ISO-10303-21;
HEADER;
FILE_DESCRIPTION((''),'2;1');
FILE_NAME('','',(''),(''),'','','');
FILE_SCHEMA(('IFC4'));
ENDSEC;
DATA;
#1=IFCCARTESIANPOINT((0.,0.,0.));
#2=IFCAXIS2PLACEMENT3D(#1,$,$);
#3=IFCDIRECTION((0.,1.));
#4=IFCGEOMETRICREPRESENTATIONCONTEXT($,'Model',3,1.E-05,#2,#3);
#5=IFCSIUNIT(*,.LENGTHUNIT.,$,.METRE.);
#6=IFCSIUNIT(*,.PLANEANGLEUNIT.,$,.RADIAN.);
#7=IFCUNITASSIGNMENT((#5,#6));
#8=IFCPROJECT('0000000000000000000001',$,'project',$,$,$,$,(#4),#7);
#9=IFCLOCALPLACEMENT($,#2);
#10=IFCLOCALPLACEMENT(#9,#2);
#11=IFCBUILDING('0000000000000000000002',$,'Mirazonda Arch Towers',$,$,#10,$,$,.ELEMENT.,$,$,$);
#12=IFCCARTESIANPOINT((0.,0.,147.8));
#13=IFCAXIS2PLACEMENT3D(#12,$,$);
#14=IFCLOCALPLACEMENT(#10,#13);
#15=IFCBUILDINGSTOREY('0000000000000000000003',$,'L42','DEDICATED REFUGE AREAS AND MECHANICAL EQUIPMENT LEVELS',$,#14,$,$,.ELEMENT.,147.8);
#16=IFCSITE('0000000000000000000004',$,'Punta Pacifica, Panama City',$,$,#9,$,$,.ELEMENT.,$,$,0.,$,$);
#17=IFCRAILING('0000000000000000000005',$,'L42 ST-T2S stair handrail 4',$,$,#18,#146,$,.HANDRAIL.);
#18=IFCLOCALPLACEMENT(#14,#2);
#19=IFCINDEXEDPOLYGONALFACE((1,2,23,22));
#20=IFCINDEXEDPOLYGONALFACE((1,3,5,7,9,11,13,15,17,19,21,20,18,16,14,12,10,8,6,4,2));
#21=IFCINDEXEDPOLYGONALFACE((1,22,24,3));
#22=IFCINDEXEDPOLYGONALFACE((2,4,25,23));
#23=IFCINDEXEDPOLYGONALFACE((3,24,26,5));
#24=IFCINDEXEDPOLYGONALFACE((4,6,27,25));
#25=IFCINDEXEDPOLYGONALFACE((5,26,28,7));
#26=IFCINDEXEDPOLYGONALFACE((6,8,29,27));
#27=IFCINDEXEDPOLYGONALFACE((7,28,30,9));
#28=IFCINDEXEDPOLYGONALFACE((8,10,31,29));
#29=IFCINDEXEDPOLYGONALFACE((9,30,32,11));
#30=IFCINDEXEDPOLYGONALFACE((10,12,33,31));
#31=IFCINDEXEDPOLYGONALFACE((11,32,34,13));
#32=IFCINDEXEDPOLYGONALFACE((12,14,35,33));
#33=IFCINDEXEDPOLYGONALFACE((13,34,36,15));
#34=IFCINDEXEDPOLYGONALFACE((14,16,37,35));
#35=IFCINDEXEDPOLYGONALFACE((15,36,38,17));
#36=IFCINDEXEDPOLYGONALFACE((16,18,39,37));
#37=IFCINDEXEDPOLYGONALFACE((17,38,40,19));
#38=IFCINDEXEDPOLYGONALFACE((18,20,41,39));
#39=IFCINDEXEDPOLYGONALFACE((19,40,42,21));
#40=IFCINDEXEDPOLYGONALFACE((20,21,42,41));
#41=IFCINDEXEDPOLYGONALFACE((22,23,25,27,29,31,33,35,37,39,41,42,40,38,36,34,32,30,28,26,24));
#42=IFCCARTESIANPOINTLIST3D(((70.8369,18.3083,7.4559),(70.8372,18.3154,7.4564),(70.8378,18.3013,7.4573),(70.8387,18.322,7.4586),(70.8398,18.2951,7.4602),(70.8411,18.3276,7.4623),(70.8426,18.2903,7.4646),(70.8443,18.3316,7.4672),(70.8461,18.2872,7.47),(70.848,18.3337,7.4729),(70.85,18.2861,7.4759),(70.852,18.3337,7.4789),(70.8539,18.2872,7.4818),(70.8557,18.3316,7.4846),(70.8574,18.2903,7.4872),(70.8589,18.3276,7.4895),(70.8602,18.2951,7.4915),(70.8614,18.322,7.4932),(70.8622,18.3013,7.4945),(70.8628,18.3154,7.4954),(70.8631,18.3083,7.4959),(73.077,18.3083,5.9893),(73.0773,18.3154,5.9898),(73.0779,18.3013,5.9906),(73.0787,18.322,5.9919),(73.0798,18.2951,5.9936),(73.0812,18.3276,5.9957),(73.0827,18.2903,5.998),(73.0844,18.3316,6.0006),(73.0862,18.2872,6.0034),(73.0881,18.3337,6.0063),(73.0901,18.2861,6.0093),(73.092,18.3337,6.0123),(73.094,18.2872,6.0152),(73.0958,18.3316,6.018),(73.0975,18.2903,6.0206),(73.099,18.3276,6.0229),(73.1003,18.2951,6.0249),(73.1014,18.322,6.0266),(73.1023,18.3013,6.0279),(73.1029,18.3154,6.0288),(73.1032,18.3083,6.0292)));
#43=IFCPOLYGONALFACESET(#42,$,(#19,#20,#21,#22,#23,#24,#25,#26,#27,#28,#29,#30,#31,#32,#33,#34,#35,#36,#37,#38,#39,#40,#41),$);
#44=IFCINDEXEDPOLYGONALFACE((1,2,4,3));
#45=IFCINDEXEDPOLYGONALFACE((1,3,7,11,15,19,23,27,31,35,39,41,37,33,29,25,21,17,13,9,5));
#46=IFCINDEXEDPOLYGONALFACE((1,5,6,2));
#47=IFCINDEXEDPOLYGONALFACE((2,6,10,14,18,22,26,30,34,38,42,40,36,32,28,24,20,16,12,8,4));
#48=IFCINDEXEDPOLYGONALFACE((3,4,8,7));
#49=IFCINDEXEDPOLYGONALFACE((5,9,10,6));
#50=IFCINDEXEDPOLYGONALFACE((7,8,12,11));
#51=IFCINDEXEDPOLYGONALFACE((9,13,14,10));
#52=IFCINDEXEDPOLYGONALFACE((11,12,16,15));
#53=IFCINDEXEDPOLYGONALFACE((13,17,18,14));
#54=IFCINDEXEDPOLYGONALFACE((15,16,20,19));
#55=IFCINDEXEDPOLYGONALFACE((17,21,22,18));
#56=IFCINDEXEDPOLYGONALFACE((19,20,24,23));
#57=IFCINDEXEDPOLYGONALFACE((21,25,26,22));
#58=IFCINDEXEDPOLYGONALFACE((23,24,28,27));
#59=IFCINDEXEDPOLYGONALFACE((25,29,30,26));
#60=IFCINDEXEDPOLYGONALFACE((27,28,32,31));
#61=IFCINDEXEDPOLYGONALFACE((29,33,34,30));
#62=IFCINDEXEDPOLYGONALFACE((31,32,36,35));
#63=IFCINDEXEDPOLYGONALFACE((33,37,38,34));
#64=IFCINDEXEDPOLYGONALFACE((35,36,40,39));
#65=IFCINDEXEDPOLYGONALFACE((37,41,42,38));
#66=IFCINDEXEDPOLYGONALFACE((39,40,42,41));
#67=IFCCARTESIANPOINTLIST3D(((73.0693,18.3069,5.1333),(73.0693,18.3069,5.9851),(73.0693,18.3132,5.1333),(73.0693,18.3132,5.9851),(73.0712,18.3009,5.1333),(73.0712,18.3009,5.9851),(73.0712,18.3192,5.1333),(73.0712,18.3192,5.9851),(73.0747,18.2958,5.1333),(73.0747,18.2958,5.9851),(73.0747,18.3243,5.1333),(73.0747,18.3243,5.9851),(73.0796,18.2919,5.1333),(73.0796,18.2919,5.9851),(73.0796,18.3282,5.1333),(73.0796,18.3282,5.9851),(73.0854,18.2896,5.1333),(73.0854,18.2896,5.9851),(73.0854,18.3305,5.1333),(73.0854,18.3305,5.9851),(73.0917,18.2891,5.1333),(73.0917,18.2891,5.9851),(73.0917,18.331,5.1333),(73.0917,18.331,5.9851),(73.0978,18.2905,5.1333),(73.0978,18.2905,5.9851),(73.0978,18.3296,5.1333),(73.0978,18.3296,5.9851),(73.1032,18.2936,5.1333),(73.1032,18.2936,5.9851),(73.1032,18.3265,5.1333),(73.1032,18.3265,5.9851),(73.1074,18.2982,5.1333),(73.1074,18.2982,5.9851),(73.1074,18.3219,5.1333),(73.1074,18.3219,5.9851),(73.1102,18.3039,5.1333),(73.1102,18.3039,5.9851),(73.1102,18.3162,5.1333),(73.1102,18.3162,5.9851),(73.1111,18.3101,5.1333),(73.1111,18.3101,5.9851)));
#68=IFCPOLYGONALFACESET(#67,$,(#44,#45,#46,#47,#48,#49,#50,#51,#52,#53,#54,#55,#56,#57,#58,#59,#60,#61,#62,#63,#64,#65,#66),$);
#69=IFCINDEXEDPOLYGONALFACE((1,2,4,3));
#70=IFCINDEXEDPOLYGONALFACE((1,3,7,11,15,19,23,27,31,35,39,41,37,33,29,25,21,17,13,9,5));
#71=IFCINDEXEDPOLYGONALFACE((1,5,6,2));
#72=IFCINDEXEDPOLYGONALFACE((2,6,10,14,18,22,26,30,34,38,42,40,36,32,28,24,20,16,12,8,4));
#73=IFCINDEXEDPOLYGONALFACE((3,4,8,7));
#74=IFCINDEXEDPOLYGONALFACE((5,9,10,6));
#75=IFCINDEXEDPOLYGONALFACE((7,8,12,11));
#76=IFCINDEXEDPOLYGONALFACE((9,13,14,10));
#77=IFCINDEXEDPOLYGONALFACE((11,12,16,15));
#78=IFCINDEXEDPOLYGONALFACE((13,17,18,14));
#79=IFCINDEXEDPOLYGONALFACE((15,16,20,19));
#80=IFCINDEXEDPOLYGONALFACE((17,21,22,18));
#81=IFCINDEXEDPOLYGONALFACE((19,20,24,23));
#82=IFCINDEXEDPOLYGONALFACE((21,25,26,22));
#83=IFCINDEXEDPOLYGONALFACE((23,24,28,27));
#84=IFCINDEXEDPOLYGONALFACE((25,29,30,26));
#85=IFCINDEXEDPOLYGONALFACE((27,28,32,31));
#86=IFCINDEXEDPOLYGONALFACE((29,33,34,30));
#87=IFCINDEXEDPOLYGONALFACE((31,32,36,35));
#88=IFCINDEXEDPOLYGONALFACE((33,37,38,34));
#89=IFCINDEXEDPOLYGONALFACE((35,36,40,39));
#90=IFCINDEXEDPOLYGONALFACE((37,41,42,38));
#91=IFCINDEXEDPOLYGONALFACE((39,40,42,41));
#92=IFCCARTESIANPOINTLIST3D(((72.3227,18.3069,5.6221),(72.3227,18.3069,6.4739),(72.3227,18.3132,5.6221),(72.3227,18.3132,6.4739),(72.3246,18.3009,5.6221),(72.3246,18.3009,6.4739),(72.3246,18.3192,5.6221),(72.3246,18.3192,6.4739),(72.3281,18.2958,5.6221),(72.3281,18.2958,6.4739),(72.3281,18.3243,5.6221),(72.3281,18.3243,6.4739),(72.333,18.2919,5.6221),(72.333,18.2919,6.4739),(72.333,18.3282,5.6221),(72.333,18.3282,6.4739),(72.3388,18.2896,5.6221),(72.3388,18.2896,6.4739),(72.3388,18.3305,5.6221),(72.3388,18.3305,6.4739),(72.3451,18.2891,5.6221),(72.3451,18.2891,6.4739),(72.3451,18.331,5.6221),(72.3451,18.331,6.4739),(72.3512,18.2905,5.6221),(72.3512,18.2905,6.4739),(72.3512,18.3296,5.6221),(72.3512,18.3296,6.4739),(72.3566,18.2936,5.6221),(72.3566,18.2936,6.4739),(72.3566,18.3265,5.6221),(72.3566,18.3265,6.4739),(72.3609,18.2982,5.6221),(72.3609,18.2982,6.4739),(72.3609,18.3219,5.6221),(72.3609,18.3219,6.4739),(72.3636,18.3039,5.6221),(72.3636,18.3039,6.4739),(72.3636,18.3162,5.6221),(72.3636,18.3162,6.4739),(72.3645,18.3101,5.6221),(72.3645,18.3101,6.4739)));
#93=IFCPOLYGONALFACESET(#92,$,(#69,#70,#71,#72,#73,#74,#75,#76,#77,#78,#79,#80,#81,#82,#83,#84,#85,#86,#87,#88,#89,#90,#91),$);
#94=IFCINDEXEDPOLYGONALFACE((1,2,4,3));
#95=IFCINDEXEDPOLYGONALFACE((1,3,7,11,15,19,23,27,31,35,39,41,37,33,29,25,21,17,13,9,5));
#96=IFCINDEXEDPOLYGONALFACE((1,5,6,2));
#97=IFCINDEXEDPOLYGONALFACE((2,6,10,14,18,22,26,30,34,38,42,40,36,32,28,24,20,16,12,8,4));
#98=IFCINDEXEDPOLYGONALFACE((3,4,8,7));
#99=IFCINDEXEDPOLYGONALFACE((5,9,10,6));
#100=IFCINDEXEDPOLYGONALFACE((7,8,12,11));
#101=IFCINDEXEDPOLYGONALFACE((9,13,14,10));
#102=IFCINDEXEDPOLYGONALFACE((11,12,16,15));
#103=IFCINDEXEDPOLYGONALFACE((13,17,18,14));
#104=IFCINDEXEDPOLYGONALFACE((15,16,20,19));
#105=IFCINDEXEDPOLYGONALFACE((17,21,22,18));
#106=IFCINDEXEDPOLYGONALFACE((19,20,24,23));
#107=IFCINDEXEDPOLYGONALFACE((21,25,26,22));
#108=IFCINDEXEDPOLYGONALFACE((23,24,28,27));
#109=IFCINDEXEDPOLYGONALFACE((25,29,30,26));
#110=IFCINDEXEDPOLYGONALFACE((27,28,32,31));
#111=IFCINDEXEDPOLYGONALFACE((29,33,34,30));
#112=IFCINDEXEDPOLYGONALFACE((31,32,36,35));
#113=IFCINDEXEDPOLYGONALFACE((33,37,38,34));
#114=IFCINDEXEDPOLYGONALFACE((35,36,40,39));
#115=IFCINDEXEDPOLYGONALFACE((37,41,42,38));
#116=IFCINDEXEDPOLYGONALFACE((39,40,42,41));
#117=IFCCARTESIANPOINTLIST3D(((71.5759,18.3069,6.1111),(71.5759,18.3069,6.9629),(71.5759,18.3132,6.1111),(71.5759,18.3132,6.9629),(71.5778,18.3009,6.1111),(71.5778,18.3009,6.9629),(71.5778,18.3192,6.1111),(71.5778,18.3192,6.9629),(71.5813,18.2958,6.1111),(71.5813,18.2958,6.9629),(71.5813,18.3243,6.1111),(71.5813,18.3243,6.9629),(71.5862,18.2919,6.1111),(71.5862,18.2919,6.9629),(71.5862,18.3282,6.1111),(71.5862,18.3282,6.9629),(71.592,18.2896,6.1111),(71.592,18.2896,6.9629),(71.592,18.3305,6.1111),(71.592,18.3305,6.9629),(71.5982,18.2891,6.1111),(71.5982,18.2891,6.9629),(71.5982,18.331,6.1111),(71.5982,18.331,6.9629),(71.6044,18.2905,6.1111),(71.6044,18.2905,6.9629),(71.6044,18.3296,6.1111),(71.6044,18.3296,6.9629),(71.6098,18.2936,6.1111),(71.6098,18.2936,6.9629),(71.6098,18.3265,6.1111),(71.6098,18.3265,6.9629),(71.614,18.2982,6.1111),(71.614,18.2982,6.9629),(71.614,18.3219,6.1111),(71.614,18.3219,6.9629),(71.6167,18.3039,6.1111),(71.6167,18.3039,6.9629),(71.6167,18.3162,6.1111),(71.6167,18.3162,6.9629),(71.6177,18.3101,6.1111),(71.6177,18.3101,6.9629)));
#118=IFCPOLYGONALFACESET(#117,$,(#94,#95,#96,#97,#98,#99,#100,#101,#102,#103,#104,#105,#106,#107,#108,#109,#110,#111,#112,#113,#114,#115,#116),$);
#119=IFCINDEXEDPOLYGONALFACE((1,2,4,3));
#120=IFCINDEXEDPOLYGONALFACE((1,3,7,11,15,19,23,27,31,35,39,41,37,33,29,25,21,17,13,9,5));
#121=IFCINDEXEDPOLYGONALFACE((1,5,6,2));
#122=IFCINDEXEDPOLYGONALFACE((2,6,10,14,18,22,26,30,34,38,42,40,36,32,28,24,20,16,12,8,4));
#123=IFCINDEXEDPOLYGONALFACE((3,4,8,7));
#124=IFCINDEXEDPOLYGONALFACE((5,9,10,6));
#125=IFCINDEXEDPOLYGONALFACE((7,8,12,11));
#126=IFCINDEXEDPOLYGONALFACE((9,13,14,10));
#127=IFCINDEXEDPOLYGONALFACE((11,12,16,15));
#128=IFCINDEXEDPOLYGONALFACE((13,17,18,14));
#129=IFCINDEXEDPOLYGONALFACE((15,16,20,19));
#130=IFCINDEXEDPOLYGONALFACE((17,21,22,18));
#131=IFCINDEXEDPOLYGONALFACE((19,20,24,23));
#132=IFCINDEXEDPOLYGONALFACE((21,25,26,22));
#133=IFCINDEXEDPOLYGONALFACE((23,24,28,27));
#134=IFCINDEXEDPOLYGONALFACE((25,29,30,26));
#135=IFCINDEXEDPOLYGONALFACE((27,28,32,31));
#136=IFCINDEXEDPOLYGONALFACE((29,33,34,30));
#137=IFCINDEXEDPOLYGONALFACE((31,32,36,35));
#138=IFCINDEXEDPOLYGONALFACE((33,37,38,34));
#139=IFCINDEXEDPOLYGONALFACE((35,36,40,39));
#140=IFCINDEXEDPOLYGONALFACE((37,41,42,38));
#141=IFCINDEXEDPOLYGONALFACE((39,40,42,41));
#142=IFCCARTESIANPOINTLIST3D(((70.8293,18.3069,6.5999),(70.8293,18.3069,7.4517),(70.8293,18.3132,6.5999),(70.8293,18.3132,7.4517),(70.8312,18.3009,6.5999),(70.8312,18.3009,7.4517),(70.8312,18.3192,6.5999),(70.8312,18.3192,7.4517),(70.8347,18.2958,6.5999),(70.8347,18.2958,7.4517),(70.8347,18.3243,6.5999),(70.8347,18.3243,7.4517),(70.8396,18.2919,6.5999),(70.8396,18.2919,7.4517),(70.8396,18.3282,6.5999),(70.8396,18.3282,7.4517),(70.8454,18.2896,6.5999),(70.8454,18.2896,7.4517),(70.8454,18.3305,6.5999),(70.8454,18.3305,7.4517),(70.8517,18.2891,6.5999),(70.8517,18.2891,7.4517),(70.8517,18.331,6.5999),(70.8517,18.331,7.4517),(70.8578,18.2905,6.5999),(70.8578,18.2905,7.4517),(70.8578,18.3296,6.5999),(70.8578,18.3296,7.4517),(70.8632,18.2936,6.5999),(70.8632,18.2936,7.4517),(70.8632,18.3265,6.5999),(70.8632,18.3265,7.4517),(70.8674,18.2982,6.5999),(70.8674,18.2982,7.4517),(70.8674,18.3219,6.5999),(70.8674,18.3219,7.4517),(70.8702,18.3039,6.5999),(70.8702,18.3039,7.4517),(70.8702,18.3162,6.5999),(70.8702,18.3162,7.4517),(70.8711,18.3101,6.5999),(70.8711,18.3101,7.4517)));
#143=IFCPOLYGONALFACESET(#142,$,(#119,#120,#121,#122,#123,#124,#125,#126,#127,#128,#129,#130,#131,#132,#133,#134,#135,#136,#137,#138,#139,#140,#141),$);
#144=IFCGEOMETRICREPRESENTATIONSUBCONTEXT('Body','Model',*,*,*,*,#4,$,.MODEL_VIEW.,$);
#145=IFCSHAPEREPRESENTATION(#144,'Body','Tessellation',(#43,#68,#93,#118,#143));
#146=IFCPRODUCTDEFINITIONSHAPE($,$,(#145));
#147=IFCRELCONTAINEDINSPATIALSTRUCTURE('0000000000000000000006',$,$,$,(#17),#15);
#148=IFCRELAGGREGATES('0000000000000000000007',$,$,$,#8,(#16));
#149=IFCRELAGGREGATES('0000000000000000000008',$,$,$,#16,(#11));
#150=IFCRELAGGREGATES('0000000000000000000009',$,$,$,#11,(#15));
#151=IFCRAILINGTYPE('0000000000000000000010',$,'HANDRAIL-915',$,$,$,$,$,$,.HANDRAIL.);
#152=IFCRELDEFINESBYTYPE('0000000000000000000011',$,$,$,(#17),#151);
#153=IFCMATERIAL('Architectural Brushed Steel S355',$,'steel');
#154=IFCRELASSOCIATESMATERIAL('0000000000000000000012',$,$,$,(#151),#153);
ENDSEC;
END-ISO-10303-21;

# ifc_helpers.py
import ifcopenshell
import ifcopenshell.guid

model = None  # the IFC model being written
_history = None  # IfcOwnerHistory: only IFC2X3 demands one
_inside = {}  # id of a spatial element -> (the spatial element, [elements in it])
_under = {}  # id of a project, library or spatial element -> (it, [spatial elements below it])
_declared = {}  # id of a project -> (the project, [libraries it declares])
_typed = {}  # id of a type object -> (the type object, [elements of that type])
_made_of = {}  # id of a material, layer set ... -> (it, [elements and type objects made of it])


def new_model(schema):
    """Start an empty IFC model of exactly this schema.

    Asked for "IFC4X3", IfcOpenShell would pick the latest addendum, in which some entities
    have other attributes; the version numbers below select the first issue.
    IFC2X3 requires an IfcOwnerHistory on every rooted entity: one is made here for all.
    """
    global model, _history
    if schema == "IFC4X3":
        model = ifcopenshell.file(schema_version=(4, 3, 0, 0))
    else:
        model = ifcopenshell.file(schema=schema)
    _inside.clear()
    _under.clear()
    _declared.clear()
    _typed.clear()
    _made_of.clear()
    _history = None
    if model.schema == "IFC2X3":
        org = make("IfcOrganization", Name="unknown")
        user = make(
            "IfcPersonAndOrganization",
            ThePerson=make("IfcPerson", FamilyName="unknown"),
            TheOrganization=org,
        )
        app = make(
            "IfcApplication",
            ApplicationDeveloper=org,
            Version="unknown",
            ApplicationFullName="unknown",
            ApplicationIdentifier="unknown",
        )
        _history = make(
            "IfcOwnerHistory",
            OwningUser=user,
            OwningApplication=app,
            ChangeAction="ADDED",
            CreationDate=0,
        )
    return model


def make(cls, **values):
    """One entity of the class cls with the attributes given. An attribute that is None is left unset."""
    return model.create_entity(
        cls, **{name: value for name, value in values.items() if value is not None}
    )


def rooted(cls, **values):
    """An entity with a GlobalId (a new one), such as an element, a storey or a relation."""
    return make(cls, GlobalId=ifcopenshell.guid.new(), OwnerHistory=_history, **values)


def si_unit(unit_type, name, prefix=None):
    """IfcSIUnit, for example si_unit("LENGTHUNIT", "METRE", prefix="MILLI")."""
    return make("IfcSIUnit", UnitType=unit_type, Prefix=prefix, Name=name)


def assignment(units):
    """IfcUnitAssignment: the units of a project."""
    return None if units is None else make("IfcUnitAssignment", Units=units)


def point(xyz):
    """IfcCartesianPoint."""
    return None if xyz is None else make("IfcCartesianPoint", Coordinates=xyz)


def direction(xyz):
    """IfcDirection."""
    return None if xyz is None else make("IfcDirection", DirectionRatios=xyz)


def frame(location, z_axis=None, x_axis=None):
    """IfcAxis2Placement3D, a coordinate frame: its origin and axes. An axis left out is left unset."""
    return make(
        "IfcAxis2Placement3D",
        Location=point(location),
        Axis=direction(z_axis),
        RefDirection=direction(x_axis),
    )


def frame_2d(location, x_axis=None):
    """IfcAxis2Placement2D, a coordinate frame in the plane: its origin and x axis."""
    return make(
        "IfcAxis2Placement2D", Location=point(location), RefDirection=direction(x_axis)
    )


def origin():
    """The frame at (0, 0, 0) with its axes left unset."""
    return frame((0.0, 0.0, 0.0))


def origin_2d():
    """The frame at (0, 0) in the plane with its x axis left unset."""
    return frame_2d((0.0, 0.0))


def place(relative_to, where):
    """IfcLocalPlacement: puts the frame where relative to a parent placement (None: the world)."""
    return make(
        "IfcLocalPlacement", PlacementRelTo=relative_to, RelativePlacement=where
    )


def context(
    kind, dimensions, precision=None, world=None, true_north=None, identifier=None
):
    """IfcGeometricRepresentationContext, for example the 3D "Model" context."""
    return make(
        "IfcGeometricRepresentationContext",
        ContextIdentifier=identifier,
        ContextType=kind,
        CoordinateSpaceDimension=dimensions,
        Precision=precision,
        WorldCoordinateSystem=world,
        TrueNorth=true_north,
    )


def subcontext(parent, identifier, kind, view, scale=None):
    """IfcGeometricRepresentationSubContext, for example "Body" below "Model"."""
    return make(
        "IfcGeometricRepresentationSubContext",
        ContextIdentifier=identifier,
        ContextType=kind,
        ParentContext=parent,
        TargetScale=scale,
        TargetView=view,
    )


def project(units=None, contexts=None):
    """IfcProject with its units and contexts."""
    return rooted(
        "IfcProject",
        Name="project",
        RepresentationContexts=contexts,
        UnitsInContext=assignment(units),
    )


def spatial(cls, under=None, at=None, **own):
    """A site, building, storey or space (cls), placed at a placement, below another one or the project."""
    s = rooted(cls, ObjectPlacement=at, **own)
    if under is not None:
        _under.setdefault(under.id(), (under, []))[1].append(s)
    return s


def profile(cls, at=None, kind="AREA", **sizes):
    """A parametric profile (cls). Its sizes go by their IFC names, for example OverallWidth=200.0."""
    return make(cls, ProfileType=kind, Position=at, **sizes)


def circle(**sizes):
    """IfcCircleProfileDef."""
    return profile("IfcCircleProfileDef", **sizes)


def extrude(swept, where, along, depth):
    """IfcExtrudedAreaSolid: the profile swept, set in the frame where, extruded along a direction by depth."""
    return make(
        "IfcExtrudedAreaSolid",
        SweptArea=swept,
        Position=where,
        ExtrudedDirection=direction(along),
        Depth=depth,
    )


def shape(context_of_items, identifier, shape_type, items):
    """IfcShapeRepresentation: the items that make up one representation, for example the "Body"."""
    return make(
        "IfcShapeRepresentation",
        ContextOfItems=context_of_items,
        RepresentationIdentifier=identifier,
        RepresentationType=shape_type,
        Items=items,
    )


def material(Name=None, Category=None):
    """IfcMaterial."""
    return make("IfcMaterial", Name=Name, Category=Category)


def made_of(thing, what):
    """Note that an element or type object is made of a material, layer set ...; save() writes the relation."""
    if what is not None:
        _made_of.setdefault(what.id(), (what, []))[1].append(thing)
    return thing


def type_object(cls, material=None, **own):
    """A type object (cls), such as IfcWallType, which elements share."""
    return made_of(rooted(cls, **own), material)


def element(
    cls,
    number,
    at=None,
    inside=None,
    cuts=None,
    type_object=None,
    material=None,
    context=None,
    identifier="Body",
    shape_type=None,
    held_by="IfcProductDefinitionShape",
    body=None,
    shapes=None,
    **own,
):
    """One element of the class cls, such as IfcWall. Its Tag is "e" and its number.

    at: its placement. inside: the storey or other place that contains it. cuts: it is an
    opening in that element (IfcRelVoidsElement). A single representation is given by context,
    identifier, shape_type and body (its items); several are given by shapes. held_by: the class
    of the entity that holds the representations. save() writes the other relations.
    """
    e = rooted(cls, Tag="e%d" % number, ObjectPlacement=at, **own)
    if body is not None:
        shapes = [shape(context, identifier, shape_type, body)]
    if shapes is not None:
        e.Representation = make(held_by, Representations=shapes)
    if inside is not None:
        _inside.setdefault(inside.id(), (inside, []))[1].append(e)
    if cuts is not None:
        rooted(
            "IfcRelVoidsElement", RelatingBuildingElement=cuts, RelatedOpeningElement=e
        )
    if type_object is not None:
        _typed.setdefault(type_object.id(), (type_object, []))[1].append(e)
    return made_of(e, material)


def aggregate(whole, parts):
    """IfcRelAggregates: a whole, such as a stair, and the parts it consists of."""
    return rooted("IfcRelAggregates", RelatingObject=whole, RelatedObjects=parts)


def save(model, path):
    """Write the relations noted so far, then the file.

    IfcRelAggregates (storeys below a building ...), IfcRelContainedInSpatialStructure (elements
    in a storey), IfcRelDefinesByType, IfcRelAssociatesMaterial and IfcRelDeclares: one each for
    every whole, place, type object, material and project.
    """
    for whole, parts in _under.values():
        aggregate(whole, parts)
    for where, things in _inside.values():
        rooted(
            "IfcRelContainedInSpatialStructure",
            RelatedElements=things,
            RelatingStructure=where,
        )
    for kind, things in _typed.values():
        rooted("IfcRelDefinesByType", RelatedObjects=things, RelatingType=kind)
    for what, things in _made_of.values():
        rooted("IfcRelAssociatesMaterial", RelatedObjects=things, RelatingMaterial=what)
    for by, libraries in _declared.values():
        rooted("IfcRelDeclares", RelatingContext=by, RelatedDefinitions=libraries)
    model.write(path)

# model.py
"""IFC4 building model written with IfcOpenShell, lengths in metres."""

from ifc_helpers import new_model, si_unit, direction, frame, origin, origin_2d, place, context, subcontext, project, spatial, circle, extrude, material, type_object, element, save


model = new_model("IFC4")

# Units and contexts
model_context = context("Model", 3, precision=1e-05, world=origin(), true_north=direction((0.0, 1.0)))
body_context = subcontext(model_context, "Body", "Model", "MODEL_VIEW")
ifc_project = project(units=[si_unit("LENGTHUNIT", "METRE"), si_unit("PLANEANGLEUNIT", "RADIAN")], contexts=[model_context])

# Site, building, storey
site_placement = place(None, origin())
site = spatial("IfcSite", under=ifc_project, at=site_placement, Name="Punta Pacifica, Panama City", CompositionType="ELEMENT", RefElevation=0.0)
building_placement = place(site_placement, origin())
building = spatial("IfcBuilding", under=site, at=building_placement, Name="Mirazonda Arch Towers", CompositionType="ELEMENT")
storey_placement = place(building_placement, frame((0.0, 0.0, 147.8)))
storey = spatial("IfcBuildingStorey", under=building, at=storey_placement, Name="L42", Description="DEDICATED REFUGE AREAS AND MECHANICAL EQUIPMENT LEVELS", CompositionType="ELEMENT", Elevation=147.8)

# Shared definitions
ifc_material_1 = material(Name="Architectural Brushed Steel S355", Category="steel")

# Railing
railing_type_1 = type_object("IfcRailingType", Name="HANDRAIL-915", PredefinedType="HANDRAIL", material=ifc_material_1)
railing_1_placement = place(storey_placement, frame((73.0901, 18.3101, 5.1333)))
element("IfcRailing", 1, at=railing_1_placement, inside=storey, type_object=railing_type_1, Name="L42 ST-T2S stair handrail 4", PredefinedType="HANDRAIL", context=body_context, shape_type="SweptSolid", body=[
    extrude(circle(Radius=0.0239, at=origin_2d()), frame((0.0, 0.0, 0.876), z_axis=(-0.836637, 0.0, 0.547758), x_axis=(0.0, -1.0, 0.0)), (0.0, 0.0, 1.0), 2.6775),
    extrude(circle(Radius=0.021, at=origin_2d()), origin(), (0.0, 0.0, 1.0), 0.8518),
    extrude(circle(Radius=0.021, at=origin_2d()), frame((-0.7466, 0.0, 0.4888)), (0.0, 0.0, 1.0), 0.8518),
    extrude(circle(Radius=0.021, at=origin_2d()), frame((-1.4934, 0.0, 0.9778)), (0.0, 0.0, 1.0), 0.8518),
    extrude(circle(Radius=0.021, at=origin_2d()), frame((-2.24, 0.0, 1.4666)), (0.0, 0.0, 1.0), 0.8518),
])

save(model, "model.ifc")
